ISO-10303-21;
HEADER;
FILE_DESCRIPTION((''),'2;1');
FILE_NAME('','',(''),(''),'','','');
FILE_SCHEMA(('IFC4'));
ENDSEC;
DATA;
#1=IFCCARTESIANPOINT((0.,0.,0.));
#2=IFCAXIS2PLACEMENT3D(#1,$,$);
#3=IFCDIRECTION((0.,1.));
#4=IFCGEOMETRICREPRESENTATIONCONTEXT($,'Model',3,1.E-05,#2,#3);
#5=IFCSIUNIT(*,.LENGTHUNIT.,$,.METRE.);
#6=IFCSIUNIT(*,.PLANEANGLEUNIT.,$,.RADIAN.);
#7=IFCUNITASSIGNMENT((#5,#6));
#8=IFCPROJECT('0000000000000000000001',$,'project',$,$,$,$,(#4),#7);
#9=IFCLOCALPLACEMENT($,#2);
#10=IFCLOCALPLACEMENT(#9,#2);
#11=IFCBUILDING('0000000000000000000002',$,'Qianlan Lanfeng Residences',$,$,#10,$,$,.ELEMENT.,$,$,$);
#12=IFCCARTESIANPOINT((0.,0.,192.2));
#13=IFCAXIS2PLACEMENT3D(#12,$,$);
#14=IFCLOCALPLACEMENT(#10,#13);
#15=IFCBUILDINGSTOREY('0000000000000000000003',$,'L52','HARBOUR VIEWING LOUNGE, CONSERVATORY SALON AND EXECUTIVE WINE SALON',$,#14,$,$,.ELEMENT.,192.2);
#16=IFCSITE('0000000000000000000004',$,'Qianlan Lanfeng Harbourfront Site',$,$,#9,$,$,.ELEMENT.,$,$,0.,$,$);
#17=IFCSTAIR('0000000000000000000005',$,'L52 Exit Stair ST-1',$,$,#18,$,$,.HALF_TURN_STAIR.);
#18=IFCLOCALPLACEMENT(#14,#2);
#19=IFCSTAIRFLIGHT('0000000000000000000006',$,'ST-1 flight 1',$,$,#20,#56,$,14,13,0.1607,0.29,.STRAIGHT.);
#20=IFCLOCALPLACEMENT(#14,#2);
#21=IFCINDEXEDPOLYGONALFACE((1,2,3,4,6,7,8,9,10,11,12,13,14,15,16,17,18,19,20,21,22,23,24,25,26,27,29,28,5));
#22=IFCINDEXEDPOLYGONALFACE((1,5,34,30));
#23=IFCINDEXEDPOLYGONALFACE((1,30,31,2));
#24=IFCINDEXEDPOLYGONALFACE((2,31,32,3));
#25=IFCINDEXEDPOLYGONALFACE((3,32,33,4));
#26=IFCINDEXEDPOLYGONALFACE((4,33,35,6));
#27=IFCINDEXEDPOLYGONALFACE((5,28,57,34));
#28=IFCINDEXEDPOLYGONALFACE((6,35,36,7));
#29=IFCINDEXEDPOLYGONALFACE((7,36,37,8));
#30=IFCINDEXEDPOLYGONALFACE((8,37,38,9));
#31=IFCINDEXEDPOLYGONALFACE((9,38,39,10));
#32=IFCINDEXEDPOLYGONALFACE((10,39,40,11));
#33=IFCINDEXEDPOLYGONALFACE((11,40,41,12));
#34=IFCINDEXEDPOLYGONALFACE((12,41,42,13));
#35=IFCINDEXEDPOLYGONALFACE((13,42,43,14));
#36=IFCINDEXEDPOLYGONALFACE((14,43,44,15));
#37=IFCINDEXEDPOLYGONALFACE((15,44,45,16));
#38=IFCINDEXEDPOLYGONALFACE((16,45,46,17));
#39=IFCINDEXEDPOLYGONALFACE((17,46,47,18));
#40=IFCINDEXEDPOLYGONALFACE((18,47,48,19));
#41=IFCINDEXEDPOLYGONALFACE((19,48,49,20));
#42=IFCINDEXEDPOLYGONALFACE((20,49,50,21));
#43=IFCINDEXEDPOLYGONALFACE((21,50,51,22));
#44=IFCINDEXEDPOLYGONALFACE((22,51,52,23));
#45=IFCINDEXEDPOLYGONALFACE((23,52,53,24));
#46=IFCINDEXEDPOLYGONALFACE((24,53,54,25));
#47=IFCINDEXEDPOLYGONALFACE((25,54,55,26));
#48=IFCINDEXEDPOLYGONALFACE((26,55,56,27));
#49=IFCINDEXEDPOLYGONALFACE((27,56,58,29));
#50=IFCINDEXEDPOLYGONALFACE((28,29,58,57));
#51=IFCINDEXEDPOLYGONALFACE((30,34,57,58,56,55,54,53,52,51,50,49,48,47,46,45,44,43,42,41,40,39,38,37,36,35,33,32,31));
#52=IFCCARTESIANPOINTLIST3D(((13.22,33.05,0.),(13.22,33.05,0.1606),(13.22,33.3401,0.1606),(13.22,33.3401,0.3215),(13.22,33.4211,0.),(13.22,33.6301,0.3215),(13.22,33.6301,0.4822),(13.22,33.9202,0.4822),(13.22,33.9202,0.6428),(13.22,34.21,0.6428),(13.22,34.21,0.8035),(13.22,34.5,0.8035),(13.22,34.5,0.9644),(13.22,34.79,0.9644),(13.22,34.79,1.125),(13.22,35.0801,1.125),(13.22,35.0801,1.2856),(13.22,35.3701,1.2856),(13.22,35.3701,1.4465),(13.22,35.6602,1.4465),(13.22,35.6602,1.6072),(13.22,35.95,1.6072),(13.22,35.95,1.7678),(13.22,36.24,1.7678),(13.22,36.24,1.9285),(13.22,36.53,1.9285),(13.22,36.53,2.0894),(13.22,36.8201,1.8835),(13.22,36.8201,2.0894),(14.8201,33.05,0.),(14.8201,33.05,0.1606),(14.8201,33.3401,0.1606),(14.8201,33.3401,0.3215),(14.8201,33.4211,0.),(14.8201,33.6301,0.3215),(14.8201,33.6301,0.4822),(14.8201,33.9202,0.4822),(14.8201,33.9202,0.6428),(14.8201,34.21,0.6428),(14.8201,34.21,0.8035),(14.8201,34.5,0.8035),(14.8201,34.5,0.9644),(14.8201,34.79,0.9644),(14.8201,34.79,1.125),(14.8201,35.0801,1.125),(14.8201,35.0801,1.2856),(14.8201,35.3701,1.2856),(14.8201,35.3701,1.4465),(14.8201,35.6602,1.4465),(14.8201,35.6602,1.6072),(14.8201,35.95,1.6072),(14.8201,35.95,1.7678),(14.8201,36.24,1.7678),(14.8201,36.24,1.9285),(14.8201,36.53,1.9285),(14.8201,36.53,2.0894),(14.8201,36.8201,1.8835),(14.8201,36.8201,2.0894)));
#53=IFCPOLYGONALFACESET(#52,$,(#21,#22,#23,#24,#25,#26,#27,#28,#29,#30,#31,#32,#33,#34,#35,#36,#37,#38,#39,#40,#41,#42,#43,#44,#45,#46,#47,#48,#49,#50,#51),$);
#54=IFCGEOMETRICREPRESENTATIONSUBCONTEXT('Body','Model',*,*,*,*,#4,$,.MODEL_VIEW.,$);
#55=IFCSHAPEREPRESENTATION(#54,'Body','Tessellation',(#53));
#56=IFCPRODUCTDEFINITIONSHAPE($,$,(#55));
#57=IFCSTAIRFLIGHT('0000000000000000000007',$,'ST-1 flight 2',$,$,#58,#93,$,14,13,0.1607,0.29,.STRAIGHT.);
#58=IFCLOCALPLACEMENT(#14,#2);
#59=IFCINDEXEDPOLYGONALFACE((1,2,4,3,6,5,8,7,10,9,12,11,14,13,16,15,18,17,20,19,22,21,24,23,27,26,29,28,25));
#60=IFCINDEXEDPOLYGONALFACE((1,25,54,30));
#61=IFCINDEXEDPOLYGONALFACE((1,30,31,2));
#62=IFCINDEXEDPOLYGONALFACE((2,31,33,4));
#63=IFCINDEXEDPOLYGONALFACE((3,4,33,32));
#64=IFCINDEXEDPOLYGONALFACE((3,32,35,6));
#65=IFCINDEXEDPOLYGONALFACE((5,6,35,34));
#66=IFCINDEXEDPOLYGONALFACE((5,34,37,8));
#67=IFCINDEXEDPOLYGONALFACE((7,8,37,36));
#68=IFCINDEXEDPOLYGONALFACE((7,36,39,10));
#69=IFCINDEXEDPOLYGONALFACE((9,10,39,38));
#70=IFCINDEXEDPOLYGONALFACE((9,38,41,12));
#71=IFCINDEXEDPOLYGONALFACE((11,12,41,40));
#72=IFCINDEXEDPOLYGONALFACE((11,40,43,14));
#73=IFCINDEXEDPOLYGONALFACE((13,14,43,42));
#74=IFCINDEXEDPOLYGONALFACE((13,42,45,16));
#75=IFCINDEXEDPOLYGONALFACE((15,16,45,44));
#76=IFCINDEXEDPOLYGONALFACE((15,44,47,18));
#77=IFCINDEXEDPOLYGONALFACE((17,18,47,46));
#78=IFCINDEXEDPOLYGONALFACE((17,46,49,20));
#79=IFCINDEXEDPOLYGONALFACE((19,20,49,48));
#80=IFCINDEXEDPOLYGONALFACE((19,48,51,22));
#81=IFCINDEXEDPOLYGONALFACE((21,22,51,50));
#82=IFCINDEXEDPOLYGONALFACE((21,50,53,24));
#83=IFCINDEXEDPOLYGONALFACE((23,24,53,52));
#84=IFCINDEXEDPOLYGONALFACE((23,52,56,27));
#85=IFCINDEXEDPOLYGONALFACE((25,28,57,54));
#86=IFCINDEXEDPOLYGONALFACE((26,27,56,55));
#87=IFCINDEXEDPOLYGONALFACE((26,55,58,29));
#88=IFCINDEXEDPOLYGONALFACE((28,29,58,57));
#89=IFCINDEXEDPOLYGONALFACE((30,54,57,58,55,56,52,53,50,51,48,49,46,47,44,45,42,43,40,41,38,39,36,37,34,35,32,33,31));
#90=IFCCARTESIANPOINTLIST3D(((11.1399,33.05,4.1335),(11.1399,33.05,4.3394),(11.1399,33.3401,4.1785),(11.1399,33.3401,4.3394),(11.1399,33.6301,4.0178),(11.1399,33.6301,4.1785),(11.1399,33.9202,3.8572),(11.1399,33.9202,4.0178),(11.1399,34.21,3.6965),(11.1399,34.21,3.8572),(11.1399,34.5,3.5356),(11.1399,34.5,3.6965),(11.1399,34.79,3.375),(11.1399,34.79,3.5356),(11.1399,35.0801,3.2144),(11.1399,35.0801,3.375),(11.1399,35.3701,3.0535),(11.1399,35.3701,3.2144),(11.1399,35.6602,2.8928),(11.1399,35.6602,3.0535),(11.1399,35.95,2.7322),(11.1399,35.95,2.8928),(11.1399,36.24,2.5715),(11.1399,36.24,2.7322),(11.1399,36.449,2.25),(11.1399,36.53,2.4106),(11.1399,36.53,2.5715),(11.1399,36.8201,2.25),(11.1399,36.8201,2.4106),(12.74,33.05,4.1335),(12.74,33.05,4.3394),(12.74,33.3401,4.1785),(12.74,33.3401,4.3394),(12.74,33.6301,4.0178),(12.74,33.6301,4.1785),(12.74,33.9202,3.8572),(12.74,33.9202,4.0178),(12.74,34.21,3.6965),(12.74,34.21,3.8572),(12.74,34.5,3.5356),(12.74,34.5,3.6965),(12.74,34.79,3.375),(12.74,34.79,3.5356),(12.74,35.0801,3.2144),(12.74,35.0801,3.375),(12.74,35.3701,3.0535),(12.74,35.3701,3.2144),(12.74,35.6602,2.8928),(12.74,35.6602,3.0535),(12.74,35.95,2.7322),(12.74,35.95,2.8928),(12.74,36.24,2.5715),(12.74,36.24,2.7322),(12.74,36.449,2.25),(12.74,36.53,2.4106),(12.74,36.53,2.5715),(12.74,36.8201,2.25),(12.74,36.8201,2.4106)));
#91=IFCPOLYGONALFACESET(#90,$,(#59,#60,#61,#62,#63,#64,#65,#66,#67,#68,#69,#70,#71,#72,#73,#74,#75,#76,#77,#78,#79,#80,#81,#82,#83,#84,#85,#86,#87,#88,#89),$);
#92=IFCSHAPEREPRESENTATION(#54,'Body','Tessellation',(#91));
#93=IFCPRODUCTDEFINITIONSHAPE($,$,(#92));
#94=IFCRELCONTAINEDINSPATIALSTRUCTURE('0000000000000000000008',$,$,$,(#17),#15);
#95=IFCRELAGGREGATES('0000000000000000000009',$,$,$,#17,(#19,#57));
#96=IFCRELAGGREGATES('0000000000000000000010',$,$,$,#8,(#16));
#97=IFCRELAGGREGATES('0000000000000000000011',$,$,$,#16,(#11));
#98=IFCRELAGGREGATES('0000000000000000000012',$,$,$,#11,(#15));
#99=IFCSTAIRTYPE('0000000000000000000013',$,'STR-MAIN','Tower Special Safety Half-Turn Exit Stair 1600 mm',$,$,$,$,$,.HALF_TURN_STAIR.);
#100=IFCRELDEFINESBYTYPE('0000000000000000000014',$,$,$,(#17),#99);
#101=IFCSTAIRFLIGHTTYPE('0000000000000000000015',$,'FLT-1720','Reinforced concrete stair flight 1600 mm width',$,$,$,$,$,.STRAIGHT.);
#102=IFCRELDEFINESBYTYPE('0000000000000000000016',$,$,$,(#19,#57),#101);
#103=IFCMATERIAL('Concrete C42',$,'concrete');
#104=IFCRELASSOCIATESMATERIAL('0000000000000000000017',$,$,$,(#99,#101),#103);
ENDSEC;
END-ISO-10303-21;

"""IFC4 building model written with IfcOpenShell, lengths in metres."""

from ifc_helpers import new_model, si_unit, direction, frame, origin, place, context, subcontext, project, spatial, polyline, outline, extrude, material, type_object, element, aggregate, save


model = new_model("IFC4")

# Units and contexts
model_context = context("Model", 3, precision=1e-05, world=origin(), true_north=direction((0.0, 1.0)))
body_context = subcontext(model_context, "Body", "Model", "MODEL_VIEW")
ifc_project = project(units=[si_unit("LENGTHUNIT", "METRE"), si_unit("PLANEANGLEUNIT", "RADIAN")], contexts=[model_context])

# Site, building, storey
site_placement = place(None, origin())
site = spatial("IfcSite", under=ifc_project, at=site_placement, Name="Qianlan Lanfeng Harbourfront Site", CompositionType="ELEMENT", RefElevation=0.0)
building_placement = place(site_placement, origin())
building = spatial("IfcBuilding", under=site, at=building_placement, Name="Qianlan Lanfeng Residences", CompositionType="ELEMENT")
storey_placement = place(building_placement, frame((0.0, 0.0, 192.2)))
storey = spatial("IfcBuildingStorey", under=building, at=storey_placement, Name="L52", Description="HARBOUR VIEWING LOUNGE, CONSERVATORY SALON AND EXECUTIVE WINE SALON", CompositionType="ELEMENT", Elevation=192.2)

# Stair, stair flights
ifc_material_1 = material(Name="Concrete C42", Category="concrete")
stair_type = type_object("IfcStairType", Name="STR-MAIN", Description="Tower Special Safety Half-Turn Exit Stair 1600 mm", PredefinedType="HALF_TURN_STAIR", material=ifc_material_1)
stair_placement = place(storey_placement, origin())
stair = element("IfcStair", 1, at=stair_placement, inside=storey, type_object=stair_type, Name="L52 Exit Stair ST-1", PredefinedType="HALF_TURN_STAIR")
stair_flight_type = type_object("IfcStairFlightType", Name="FLT-1720", Description="Reinforced concrete stair flight 1600 mm width", PredefinedType="STRAIGHT", material=ifc_material_1)
stair_flight_1_placement = place(storey_placement, frame((14.02, 33.05, 0.0), z_axis=(0.0, 0.0, 1.0), x_axis=(0.0, 1.0, 0.0)))
stair_flight_1 = element("IfcStairFlight", 2, at=stair_flight_1_placement, type_object=stair_flight_type, Name="ST-1 flight 1", NumberOfRisers=14, NumberOfTreads=13, PredefinedType="STRAIGHT", RiserHeight=0.1607, TreadLength=0.29, context=body_context, shape_type="SweptSolid", body=[
    extrude(outline(polyline([(0.0, 0.0), (0.0, 0.1606), (0.29, 0.1606), (0.29, 0.3215), (0.5801, 0.3215), (0.5801, 0.4822), (0.8701, 0.4822), (0.8701, 0.6428), (1.1599, 0.6428), (1.1599, 0.8035), (1.45, 0.8035), (1.45, 0.9644), (1.74, 0.9644), (1.74, 1.125), (2.03, 1.125), (2.03, 1.2856), (2.3201, 1.2856), (2.3201, 1.4465), (2.6101, 1.4465), (2.6101, 1.6072), (2.8999, 1.6072), (2.8999, 1.7678), (3.1899, 1.7678), (3.1899, 1.9285), (3.48, 1.9285), (3.48, 2.0894), (3.77, 2.0894), (3.77, 2.25), (3.77, 1.8835), (0.3711, 0.0), (0.0, 0.0)])), frame((0.0, 0.8, 0.0), z_axis=(0.0, -1.0, 0.0), x_axis=(1.0, 0.0, 0.0)), (0.0, 0.0, 1.0), 1.6001),
])
stair_flight_2_placement = place(storey_placement, frame((11.9399, 36.8201, 2.25), z_axis=(0.0, 0.0, 1.0), x_axis=(0.0, -1.0, 0.0)))
stair_flight_2 = element("IfcStairFlight", 3, at=stair_flight_2_placement, type_object=stair_flight_type, Name="ST-1 flight 2", NumberOfRisers=14, NumberOfTreads=13, PredefinedType="STRAIGHT", RiserHeight=0.1607, TreadLength=0.29, context=body_context, shape_type="SweptSolid", body=[
    extrude(outline(polyline([(0.0, 0.0), (0.0, 0.1606), (0.29, 0.1606), (0.29, 0.3215), (0.5801, 0.3215), (0.5801, 0.4822), (0.8701, 0.4822), (0.8701, 0.6428), (1.1599, 0.6428), (1.1599, 0.8035), (1.45, 0.8035), (1.45, 0.9644), (1.74, 0.9644), (1.74, 1.125), (2.03, 1.125), (2.03, 1.2856), (2.3201, 1.2856), (2.3201, 1.4465), (2.6101, 1.4465), (2.6101, 1.6072), (2.8999, 1.6072), (2.8999, 1.7678), (3.1899, 1.7678), (3.1899, 1.9285), (3.48, 1.9285), (3.48, 2.0894), (3.77, 2.0894), (3.77, 2.25), (3.77, 1.8835), (0.3711, 0.0), (0.0, 0.0)])), frame((0.0, 0.8, 0.0), z_axis=(0.0, -1.0, 0.0), x_axis=(1.0, 0.0, 0.0)), (0.0, 0.0, 1.0), 1.6001),
])
aggregate(stair, [stair_flight_1, stair_flight_2])

save(model, "model.ifc")
